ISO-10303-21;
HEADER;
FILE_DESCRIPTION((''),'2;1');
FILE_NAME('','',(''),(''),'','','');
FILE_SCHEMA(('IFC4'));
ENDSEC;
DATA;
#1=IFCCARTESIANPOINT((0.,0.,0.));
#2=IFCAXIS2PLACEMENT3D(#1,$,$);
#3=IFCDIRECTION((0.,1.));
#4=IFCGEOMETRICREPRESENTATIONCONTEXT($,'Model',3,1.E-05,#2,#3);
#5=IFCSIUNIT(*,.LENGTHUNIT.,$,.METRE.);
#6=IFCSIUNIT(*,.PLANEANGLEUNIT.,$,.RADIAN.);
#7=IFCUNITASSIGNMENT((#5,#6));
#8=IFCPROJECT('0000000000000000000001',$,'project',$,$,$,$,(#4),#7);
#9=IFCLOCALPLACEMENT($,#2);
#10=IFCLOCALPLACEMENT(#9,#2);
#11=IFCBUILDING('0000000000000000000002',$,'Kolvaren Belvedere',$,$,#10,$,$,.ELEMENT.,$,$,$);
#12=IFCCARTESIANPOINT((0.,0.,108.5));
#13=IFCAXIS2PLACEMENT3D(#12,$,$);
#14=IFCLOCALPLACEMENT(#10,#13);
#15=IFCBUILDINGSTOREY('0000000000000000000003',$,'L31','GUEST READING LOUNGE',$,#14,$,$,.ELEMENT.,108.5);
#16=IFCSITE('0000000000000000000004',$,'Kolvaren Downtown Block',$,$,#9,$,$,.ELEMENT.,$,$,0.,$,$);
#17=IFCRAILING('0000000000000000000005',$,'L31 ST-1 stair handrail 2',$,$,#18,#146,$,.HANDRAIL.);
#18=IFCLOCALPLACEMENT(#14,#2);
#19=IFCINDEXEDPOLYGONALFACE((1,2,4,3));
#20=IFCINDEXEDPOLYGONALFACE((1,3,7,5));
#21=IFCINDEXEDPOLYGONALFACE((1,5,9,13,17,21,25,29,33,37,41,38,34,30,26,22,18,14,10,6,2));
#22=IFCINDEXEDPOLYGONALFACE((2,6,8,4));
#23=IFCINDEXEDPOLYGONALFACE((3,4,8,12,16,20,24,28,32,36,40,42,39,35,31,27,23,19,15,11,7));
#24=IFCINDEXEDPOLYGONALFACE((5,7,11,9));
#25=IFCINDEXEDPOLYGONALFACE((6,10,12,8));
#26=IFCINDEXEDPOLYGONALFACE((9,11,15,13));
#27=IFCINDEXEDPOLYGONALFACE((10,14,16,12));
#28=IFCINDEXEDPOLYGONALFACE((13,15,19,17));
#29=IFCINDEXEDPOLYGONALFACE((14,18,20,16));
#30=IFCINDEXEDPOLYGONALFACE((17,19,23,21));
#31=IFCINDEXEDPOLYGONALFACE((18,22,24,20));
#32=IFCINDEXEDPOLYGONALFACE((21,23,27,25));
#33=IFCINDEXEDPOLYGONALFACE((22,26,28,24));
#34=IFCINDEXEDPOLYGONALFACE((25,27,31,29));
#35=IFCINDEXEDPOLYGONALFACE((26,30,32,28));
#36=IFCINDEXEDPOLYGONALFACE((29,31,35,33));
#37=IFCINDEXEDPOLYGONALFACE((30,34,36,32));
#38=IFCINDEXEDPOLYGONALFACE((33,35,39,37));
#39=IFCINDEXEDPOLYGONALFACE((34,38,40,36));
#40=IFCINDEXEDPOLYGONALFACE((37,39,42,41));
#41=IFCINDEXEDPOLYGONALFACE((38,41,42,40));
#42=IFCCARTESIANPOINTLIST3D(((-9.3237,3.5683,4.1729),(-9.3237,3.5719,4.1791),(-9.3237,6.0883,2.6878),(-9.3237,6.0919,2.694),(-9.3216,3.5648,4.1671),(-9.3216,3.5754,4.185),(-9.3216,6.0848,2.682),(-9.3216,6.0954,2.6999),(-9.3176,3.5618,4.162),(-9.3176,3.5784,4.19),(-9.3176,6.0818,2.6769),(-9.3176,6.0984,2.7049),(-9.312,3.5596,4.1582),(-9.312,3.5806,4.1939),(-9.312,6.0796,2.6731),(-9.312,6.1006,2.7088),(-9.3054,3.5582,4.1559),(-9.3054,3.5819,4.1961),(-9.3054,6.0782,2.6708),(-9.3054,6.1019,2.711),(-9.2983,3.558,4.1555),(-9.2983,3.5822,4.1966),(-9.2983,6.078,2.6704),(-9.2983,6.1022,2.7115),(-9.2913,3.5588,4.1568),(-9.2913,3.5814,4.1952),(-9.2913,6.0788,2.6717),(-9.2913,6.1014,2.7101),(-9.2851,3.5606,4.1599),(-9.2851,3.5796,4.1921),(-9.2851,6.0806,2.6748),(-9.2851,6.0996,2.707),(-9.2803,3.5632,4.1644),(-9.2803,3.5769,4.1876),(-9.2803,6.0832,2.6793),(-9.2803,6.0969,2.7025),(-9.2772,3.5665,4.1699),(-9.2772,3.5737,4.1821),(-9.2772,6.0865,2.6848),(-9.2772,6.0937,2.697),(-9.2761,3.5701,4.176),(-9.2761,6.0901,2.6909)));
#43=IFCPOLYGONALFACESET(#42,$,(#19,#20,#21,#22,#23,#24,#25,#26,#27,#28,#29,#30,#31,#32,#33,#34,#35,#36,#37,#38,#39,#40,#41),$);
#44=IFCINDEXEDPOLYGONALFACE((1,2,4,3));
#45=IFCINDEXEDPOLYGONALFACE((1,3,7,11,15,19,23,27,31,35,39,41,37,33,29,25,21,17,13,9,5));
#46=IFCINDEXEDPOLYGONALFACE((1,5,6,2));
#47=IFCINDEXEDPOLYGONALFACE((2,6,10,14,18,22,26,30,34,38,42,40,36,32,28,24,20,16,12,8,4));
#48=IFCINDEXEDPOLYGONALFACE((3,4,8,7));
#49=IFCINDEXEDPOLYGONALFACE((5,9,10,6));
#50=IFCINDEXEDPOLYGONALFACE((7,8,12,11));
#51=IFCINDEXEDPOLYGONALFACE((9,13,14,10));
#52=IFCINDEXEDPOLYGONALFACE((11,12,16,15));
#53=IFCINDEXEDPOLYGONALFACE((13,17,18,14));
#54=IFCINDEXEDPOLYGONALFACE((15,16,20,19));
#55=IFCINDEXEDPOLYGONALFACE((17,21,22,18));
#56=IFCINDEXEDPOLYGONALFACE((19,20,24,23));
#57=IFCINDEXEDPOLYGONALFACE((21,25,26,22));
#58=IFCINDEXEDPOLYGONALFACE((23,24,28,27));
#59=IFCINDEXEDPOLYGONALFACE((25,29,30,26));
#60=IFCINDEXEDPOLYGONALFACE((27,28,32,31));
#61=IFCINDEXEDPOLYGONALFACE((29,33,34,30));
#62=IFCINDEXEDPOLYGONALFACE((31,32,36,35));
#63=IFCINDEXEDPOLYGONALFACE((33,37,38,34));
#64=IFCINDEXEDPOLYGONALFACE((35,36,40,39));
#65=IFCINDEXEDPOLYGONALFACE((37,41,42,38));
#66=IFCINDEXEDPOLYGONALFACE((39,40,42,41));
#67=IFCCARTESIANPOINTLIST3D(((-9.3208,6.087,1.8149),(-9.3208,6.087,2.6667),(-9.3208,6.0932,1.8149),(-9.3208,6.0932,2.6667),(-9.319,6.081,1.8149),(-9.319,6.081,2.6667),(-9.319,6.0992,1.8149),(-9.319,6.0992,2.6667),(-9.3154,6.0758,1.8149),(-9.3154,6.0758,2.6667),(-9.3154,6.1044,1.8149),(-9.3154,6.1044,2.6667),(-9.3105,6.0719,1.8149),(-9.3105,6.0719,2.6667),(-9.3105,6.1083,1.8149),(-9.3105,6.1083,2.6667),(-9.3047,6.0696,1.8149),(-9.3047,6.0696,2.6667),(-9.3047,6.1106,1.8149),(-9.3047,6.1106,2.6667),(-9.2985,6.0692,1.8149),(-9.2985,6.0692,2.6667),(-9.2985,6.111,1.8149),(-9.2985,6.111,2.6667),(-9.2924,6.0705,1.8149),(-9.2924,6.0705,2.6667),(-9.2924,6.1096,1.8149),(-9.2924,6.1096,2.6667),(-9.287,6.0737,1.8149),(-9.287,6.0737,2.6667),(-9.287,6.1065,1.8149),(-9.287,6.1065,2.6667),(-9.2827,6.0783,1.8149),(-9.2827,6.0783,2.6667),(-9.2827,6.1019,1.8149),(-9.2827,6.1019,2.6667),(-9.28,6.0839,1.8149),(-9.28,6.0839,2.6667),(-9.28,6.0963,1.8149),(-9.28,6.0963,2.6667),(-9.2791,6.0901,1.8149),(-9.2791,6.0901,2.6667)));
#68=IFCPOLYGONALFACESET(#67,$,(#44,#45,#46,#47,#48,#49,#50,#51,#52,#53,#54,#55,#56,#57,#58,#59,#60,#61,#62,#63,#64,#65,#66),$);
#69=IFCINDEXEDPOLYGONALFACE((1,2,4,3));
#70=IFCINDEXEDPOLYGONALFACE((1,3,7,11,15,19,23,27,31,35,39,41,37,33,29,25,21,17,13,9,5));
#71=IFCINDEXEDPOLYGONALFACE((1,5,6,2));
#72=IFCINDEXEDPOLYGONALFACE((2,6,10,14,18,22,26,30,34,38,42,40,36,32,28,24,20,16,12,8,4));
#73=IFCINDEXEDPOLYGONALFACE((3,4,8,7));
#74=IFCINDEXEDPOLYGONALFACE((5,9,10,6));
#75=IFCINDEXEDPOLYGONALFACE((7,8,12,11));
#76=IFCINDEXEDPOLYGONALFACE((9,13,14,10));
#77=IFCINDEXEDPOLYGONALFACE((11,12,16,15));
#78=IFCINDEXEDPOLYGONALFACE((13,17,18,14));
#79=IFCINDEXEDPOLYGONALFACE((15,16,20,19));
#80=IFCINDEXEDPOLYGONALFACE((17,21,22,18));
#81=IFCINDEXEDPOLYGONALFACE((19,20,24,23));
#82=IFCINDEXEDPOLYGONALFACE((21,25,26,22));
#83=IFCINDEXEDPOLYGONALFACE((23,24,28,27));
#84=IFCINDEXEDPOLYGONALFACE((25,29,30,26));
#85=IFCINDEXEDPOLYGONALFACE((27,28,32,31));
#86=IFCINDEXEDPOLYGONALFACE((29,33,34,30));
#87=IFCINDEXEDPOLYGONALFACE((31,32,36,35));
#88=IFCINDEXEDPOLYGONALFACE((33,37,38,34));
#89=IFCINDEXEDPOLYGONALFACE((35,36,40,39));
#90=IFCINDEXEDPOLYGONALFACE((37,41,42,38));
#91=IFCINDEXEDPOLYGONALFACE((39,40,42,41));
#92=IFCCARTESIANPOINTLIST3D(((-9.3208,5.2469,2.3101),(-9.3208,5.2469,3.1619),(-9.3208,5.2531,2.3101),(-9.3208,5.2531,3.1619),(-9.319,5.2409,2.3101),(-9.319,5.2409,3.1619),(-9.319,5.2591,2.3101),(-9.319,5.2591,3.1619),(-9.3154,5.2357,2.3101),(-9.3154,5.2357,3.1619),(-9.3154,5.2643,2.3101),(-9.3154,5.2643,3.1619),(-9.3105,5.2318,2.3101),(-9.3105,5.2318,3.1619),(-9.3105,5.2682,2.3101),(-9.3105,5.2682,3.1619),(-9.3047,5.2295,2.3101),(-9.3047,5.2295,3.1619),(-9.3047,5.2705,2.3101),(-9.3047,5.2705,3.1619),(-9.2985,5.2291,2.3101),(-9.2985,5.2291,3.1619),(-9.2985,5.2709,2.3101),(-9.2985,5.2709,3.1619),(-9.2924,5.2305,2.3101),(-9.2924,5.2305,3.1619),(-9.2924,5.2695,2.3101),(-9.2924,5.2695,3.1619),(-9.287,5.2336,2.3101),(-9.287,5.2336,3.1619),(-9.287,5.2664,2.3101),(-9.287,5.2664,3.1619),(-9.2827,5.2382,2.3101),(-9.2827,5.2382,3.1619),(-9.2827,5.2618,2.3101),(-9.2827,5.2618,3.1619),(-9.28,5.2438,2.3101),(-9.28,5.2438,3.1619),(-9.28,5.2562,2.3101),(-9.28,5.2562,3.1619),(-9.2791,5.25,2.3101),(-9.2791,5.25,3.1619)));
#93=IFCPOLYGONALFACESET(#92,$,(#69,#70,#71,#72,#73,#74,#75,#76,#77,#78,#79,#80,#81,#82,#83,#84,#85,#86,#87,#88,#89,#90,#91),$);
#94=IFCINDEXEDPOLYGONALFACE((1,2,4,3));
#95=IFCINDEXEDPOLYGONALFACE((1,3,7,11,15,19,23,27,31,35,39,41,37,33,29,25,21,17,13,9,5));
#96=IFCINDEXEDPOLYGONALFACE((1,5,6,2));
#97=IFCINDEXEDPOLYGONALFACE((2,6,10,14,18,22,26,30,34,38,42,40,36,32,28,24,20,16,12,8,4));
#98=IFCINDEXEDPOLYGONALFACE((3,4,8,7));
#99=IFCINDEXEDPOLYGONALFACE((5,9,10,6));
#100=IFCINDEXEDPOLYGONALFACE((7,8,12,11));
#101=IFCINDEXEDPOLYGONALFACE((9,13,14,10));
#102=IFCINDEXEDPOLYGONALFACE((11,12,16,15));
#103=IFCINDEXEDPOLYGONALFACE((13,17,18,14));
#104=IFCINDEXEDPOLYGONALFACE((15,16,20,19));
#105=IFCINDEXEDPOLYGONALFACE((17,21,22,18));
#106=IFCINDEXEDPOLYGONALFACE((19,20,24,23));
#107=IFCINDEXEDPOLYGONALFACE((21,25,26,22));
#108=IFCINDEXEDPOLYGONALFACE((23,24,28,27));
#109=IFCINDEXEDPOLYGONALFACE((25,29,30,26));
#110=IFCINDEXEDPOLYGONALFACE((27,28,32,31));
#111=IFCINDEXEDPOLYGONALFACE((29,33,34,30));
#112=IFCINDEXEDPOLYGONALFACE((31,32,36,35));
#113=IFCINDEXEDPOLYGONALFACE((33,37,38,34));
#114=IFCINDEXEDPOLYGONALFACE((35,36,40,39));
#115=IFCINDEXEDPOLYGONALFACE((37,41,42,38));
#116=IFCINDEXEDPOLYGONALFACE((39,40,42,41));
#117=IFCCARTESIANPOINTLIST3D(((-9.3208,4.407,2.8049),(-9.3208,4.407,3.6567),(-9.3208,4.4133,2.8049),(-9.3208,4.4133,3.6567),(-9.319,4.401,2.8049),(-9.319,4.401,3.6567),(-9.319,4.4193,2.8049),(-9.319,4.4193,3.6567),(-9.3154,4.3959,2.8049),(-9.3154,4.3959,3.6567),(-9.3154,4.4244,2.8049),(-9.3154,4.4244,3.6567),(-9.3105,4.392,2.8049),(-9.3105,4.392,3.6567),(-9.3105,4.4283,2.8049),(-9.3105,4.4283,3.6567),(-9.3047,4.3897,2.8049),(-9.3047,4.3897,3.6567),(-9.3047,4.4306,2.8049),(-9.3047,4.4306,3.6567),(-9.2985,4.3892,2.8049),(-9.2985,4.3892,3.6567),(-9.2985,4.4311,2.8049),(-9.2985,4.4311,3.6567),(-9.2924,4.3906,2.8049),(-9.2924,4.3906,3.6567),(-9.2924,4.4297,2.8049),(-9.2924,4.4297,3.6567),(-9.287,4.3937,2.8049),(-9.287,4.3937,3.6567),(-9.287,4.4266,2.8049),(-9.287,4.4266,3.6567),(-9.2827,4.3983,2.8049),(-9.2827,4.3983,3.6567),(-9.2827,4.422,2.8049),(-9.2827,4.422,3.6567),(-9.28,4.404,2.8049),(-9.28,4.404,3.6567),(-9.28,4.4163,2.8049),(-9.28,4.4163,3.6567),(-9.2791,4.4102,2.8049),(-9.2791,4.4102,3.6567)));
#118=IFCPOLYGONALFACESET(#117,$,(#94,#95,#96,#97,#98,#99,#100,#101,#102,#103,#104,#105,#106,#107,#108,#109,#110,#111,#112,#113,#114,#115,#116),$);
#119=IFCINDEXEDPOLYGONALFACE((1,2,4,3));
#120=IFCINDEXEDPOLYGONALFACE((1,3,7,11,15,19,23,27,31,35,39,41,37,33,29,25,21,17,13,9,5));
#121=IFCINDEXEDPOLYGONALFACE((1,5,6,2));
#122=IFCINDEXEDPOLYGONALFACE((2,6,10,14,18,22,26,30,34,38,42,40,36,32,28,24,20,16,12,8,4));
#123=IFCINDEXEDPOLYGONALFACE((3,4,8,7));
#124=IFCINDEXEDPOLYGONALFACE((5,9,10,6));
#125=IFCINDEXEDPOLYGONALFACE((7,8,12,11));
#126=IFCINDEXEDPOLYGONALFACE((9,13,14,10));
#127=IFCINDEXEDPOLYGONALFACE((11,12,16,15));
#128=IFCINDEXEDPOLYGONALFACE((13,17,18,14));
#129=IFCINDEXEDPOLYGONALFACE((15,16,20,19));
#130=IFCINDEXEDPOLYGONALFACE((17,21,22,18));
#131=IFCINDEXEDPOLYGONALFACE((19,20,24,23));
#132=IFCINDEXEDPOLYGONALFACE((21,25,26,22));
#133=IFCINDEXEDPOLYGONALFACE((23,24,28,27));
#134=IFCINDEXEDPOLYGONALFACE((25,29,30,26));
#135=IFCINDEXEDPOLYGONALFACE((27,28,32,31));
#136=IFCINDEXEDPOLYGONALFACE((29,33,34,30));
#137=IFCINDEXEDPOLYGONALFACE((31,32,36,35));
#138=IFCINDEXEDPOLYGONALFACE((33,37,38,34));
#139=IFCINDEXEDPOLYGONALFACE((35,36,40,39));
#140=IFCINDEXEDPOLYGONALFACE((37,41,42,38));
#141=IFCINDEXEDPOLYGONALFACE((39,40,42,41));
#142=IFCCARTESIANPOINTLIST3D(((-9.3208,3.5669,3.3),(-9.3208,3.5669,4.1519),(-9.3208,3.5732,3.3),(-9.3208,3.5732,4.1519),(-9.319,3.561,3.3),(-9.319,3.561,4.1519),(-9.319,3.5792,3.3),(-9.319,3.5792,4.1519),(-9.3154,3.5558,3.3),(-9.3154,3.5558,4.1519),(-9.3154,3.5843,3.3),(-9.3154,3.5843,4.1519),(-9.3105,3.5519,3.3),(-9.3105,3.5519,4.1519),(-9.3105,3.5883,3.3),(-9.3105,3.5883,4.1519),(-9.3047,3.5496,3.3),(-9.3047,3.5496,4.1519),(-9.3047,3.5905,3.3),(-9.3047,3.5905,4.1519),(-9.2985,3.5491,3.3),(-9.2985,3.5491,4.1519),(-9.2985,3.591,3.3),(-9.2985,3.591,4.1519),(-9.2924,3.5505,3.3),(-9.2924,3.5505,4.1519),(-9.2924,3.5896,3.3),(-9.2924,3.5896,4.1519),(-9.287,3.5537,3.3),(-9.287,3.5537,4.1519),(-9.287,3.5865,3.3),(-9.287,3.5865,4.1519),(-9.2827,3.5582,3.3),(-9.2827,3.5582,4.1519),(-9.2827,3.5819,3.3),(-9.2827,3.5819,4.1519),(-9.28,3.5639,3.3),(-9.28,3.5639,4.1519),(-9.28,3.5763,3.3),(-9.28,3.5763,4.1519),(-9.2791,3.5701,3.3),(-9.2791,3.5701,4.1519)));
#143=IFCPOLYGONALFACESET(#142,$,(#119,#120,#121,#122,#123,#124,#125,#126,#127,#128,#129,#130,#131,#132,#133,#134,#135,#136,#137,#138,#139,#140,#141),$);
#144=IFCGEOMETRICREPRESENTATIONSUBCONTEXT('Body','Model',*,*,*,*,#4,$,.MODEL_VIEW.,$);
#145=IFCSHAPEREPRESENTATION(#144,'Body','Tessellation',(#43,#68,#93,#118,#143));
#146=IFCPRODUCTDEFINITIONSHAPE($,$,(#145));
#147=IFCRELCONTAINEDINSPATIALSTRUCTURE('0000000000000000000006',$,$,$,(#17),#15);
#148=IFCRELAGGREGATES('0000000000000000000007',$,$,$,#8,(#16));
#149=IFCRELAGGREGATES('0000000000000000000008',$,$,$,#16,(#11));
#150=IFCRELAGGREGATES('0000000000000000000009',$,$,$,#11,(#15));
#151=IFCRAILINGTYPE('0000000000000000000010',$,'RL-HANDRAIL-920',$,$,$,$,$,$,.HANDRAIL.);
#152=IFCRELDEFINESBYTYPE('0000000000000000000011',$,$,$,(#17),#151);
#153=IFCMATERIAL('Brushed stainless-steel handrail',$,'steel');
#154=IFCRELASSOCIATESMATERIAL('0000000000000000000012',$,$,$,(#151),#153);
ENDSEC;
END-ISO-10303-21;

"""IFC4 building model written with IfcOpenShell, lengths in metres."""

from ifc_helpers import new_model, si_unit, direction, frame, origin, origin_2d, place, context, subcontext, project, spatial, circle, extrude, material, type_object, element, save


model = new_model("IFC4")

# Units and contexts
model_context = context("Model", 3, precision=1e-05, world=origin(), true_north=direction((0.0, 1.0)))
body_context = subcontext(model_context, "Body", "Model", "MODEL_VIEW")
ifc_project = project(units=[si_unit("LENGTHUNIT", "METRE"), si_unit("PLANEANGLEUNIT", "RADIAN")], contexts=[model_context])

# Site, building, storey
site_placement = place(None, origin())
site = spatial("IfcSite", under=ifc_project, at=site_placement, Name="Kolvaren Downtown Block", CompositionType="ELEMENT", RefElevation=0.0)
building_placement = place(site_placement, origin())
building = spatial("IfcBuilding", under=site, at=building_placement, Name="Kolvaren Belvedere", CompositionType="ELEMENT")
storey_placement = place(building_placement, frame((0.0, 0.0, 108.5)))
storey = spatial("IfcBuildingStorey", under=building, at=storey_placement, Name="L31", Description="GUEST READING LOUNGE", CompositionType="ELEMENT", Elevation=108.5)

# Railing
ifc_material_1 = material(Name="Brushed stainless-steel handrail", Category="steel")
railing_type_1 = type_object("IfcRailingType", Name="RL-HANDRAIL-920", PredefinedType="HANDRAIL", material=ifc_material_1)
railing_1_placement = place(storey_placement, frame((-9.3, 6.0901, 1.8149)))
element("IfcRailing", 1, at=railing_1_placement, inside=storey, type_object=railing_type_1, Name="L31 ST-1 stair handrail 2", PredefinedType="HANDRAIL", context=body_context, shape_type="SweptSolid", body=[
    extrude(circle(Radius=0.0239, at=origin_2d()), frame((0.0, 0.0, 0.876), z_axis=(0.0, -0.861524, 0.507717), x_axis=(1.0, 0.0, 0.0)), (0.0, 0.0, 1.0), 2.925),
    extrude(circle(Radius=0.021, at=origin_2d()), origin(), (0.0, 0.0, 1.0), 0.8518),
    extrude(circle(Radius=0.021, at=origin_2d()), frame((0.0, -0.8401, 0.4951)), (0.0, 0.0, 1.0), 0.8518),
    extrude(circle(Radius=0.021, at=origin_2d()), frame((0.0, -1.6799, 0.99)), (0.0, 0.0, 1.0), 0.8518),
    extrude(circle(Radius=0.021, at=origin_2d()), frame((0.0, -2.52, 1.4851)), (0.0, 0.0, 1.0), 0.8518),
])

save(model, "model.ifc")
